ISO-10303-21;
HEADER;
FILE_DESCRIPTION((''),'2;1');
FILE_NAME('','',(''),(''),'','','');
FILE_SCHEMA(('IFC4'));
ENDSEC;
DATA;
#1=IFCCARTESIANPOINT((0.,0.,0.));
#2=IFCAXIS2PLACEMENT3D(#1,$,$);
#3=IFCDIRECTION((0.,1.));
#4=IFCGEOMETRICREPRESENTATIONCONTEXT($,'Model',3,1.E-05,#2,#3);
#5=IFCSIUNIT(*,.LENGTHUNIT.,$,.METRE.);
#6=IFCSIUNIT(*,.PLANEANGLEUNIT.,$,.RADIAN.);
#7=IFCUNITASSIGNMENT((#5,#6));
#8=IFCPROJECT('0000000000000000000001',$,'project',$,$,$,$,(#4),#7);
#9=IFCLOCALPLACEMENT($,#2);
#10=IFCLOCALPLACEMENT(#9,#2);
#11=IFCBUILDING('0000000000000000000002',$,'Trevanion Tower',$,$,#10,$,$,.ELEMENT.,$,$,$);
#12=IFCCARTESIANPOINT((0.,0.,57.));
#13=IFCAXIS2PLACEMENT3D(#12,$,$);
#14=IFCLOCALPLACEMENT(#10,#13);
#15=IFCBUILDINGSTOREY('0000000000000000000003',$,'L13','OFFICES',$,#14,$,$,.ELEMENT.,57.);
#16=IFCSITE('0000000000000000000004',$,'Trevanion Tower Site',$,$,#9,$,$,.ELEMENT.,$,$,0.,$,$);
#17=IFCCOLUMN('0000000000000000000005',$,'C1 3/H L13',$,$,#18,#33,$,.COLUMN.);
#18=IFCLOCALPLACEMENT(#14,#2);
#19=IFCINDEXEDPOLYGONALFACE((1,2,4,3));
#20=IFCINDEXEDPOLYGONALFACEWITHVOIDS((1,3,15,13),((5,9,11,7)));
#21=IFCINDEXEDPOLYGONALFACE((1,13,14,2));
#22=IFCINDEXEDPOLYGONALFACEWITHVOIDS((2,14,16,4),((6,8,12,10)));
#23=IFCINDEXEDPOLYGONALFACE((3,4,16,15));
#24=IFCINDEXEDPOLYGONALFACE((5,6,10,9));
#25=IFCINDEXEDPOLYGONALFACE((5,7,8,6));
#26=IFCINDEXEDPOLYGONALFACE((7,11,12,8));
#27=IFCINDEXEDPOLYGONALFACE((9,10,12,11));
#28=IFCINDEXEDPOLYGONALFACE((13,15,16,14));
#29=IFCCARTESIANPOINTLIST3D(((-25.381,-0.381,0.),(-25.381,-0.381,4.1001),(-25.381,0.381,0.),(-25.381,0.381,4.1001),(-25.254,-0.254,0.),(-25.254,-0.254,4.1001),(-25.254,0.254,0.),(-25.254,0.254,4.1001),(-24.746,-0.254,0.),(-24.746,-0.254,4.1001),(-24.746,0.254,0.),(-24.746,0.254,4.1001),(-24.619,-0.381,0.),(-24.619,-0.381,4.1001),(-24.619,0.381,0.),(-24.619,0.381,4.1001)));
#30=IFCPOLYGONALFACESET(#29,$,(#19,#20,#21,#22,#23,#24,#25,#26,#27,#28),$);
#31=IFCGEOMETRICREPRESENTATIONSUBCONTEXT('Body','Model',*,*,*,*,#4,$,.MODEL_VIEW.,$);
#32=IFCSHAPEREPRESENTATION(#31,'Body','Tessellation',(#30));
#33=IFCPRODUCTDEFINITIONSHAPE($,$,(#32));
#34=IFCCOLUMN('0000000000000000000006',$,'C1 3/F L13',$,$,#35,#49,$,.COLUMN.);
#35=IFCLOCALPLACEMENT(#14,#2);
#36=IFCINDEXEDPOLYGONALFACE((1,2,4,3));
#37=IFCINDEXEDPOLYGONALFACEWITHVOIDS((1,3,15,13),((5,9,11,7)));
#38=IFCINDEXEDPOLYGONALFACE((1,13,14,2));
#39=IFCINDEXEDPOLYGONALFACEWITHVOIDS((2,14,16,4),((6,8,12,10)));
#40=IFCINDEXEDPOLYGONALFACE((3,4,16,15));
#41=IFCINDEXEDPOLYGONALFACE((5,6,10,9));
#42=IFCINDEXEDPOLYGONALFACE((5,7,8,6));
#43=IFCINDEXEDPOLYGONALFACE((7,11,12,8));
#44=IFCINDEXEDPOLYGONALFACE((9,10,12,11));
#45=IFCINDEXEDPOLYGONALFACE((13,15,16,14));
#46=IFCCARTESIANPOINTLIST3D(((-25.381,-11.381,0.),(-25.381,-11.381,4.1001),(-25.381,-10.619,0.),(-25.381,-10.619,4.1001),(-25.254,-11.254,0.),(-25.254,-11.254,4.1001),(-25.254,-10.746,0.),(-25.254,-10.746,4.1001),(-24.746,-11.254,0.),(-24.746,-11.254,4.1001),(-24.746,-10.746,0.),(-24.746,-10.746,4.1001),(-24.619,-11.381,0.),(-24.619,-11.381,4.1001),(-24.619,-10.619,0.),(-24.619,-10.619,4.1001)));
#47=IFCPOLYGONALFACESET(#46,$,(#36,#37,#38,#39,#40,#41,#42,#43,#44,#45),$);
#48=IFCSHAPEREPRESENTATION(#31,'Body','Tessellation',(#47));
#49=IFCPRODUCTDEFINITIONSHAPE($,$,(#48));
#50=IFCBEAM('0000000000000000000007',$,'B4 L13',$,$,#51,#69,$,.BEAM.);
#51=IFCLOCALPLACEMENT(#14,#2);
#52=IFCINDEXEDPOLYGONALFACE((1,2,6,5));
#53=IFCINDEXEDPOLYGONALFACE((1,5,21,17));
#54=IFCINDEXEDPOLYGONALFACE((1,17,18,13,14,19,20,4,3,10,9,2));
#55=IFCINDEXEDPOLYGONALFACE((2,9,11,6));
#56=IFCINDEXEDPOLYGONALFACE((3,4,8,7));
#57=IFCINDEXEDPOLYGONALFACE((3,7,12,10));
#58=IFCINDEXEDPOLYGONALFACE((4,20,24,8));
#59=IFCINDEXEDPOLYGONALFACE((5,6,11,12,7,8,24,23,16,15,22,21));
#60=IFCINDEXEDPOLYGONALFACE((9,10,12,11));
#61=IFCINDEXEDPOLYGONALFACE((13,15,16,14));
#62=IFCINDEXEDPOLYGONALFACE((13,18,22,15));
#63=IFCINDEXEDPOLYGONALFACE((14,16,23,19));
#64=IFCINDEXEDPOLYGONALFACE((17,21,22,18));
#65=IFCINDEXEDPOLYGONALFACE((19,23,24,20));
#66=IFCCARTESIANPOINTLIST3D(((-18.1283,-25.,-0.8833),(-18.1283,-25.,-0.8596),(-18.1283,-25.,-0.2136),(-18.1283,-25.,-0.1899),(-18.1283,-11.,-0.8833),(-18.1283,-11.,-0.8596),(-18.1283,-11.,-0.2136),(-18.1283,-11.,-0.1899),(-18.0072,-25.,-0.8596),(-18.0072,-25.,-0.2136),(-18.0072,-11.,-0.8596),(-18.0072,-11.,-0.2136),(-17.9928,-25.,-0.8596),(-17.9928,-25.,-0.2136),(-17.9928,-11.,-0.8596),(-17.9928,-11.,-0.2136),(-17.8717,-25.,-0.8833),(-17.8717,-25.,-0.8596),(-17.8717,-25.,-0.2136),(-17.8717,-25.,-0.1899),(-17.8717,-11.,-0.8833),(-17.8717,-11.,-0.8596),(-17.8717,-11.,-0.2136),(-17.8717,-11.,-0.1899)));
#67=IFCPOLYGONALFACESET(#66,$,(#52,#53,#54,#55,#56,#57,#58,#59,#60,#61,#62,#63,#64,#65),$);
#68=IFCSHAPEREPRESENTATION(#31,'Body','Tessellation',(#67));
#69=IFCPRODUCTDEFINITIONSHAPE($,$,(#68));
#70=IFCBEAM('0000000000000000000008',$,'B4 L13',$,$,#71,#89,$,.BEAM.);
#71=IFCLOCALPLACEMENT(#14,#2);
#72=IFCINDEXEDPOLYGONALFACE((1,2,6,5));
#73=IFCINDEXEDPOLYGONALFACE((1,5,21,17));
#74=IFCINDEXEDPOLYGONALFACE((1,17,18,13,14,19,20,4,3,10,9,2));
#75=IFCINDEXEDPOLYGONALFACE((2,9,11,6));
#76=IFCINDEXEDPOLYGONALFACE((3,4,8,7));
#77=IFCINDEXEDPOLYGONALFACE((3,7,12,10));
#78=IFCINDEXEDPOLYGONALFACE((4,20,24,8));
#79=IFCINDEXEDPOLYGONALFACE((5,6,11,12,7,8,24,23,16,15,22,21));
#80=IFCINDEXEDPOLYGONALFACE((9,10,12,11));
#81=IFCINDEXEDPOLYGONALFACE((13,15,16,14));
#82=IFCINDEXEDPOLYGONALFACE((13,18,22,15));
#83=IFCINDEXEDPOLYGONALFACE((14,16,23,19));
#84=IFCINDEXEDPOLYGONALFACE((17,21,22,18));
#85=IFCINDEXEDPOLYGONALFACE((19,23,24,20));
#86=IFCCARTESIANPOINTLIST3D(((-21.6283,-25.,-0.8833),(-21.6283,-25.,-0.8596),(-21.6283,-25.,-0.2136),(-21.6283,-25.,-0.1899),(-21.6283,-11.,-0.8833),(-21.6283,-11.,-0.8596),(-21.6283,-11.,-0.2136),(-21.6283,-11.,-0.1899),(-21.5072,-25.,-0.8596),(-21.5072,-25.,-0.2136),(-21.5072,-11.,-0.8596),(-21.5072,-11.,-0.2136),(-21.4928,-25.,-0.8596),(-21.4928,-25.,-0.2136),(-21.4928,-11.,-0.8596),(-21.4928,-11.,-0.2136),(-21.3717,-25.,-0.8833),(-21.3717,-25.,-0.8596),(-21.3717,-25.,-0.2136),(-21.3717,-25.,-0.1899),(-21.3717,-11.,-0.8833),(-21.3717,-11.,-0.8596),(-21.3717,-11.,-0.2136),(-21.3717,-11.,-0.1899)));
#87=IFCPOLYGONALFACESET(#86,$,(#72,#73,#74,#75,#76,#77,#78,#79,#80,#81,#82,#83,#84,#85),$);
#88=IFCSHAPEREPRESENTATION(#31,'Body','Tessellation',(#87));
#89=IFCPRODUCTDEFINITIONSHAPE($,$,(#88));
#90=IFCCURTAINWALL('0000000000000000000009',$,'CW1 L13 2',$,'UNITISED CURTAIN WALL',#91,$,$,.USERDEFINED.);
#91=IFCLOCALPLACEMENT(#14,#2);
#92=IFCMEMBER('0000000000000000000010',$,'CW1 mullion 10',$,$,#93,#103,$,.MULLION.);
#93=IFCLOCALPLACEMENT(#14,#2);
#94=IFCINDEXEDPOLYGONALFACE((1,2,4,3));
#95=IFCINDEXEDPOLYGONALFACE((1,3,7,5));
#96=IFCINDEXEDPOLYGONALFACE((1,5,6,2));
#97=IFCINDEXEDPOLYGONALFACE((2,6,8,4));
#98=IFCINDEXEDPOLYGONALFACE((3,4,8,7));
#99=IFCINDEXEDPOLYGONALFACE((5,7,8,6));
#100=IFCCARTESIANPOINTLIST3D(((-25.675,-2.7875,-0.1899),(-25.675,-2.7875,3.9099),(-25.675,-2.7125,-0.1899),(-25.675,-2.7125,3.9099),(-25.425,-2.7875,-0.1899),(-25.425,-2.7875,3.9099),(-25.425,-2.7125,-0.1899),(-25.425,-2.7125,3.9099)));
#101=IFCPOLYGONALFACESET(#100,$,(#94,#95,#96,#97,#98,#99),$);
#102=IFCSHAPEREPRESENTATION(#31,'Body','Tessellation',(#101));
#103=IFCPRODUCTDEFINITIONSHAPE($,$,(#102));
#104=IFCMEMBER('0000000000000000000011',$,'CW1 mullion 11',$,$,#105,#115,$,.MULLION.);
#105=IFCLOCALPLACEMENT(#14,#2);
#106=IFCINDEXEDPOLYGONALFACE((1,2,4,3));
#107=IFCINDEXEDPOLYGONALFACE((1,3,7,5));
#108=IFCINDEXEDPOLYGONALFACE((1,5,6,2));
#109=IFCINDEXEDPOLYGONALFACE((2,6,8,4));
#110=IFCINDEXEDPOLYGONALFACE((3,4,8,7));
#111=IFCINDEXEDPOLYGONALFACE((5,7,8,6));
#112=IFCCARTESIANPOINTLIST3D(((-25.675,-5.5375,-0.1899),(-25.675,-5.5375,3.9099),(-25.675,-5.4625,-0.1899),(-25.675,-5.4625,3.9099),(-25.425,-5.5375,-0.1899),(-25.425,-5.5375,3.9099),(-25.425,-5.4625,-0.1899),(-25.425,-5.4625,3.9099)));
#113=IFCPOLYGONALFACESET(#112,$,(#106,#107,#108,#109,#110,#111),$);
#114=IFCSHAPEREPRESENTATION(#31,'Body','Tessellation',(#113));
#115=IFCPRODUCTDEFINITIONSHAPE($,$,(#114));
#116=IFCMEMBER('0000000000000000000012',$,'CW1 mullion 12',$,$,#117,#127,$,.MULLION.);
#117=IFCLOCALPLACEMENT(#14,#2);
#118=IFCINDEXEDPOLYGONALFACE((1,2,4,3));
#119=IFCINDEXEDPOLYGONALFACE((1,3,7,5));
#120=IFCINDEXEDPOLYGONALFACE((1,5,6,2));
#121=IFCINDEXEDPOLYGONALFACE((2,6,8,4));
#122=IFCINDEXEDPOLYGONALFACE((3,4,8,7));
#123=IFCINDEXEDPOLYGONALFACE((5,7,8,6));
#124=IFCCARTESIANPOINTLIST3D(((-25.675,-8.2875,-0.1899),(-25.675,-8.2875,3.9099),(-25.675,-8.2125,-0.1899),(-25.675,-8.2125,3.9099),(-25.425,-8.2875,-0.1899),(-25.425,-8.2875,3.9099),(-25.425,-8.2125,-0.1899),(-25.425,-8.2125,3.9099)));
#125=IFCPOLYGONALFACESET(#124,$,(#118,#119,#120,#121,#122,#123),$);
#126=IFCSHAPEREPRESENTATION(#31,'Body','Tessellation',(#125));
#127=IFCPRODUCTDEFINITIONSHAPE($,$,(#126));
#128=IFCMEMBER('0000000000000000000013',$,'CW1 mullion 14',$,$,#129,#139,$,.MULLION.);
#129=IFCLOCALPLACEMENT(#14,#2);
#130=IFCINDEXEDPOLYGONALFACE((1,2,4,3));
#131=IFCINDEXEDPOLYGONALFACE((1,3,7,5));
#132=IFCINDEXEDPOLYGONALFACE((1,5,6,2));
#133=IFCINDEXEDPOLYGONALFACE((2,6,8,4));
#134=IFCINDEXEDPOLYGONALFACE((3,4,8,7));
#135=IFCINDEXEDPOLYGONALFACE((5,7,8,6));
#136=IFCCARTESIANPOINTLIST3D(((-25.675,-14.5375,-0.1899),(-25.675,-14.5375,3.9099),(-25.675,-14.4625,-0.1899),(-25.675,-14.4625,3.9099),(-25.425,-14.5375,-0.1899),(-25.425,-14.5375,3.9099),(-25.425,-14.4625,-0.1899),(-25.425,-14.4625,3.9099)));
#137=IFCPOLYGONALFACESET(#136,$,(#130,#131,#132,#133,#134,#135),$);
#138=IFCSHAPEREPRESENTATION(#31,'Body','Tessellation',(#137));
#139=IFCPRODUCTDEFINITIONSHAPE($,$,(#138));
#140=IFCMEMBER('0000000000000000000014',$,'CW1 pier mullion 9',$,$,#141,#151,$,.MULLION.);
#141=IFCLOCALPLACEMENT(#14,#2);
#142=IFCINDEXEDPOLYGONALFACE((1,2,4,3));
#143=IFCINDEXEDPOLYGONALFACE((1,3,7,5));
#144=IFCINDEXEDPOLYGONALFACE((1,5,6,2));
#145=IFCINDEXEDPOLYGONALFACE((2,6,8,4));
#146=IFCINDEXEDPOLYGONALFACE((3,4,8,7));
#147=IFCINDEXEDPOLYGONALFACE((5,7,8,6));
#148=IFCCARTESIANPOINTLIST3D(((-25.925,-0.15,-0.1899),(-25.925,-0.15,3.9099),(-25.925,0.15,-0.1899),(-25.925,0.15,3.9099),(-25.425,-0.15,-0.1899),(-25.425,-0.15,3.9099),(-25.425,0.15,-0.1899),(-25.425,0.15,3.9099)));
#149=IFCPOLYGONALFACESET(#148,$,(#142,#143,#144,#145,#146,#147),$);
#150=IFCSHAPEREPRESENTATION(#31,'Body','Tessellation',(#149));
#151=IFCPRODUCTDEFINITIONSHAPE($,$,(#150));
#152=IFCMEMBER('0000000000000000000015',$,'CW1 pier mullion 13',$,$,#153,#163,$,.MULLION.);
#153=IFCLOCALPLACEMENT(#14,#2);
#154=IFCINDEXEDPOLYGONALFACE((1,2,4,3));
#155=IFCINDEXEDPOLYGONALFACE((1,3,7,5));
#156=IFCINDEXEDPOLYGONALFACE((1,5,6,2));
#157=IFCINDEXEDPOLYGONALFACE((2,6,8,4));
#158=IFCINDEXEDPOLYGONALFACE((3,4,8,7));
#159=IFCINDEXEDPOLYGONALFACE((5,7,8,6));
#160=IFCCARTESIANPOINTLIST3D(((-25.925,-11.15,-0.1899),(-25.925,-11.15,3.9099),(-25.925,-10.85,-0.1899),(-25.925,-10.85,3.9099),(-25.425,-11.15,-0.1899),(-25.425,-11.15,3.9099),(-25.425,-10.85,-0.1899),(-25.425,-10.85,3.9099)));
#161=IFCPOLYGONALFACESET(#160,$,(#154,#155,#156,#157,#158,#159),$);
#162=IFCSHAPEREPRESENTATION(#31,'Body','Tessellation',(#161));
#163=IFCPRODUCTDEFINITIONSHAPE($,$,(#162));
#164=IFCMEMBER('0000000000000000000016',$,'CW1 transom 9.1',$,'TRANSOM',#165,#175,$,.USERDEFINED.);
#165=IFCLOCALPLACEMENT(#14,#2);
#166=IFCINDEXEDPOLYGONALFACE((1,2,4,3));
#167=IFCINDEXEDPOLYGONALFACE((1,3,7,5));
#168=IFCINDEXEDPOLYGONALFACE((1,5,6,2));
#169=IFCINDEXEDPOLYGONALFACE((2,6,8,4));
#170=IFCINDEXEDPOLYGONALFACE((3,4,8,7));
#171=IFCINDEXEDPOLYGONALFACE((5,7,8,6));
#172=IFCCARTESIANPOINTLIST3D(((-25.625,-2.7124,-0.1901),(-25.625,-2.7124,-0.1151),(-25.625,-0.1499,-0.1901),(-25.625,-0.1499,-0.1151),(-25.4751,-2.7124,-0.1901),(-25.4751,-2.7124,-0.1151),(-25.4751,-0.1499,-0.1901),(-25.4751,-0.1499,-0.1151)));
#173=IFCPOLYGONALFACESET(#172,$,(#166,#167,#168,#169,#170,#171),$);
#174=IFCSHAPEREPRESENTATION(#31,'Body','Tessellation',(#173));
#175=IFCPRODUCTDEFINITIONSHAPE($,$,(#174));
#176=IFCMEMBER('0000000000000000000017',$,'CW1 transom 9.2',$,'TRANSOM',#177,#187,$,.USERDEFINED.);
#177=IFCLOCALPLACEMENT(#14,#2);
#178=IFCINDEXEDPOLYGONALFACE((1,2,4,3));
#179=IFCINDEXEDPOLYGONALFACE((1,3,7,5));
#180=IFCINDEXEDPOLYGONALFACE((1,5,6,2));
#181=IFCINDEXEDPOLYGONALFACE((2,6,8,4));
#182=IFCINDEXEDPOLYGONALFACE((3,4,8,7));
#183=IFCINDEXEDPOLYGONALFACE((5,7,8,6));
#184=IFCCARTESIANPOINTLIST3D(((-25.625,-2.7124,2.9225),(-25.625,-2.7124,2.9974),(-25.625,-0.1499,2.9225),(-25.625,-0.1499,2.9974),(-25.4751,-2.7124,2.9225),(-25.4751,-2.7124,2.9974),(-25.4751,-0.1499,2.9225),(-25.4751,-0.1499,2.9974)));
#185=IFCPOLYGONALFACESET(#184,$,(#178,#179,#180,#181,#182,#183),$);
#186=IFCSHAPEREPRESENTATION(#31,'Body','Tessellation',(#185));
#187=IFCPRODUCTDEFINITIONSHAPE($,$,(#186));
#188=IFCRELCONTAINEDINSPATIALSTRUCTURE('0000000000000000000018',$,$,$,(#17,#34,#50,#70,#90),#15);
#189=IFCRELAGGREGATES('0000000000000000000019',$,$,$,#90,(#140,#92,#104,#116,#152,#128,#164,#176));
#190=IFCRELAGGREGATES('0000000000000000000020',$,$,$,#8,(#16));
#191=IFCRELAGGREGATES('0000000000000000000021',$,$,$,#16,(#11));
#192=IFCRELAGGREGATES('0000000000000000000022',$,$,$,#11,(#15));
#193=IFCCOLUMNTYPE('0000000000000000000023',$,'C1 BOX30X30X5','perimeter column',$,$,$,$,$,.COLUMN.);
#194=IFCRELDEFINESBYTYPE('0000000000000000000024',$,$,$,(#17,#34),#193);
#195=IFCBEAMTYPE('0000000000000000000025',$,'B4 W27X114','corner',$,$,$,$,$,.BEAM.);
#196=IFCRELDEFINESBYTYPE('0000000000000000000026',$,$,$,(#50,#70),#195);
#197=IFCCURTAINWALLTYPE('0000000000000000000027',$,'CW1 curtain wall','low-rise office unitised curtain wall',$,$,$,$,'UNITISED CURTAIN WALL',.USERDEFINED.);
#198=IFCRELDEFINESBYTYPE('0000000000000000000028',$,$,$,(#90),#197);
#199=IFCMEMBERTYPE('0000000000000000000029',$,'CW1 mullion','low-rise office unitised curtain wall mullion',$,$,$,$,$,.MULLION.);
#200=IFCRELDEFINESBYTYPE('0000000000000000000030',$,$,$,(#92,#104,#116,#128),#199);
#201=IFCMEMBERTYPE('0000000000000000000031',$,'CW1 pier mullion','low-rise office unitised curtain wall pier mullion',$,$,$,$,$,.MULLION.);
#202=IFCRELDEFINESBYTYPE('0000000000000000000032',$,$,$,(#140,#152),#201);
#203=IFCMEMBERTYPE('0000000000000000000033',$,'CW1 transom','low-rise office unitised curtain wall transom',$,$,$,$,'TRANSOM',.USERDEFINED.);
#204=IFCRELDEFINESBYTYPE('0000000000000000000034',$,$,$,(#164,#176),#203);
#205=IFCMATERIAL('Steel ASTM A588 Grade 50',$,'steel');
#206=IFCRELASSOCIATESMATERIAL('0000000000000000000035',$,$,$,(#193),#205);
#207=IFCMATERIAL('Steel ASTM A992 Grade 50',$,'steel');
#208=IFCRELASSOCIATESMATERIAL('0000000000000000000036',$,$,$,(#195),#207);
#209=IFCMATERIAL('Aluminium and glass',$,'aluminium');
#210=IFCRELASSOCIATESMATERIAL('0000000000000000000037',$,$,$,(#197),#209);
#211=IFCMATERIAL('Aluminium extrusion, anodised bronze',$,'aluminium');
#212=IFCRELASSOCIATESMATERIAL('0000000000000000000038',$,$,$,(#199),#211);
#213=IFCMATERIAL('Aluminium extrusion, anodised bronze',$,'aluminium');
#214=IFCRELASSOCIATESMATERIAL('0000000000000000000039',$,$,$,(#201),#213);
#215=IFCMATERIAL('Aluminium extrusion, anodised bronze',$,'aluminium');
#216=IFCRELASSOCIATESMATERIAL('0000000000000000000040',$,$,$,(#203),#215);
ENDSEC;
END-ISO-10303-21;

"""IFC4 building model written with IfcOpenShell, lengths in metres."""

from ifc_helpers import new_model, si_unit, direction, frame, origin, origin_2d, place, context, subcontext, project, spatial, rectangle, hollow_rectangle, i_section, extrude, material, material_profile, profile_set, type_object, element, aggregate, save


model = new_model("IFC4")

# Units and contexts
model_context = context("Model", 3, precision=1e-05, world=origin(), true_north=direction((0.0, 1.0)))
body_context = subcontext(model_context, "Body", "Model", "MODEL_VIEW")
ifc_project = project(units=[si_unit("LENGTHUNIT", "METRE"), si_unit("PLANEANGLEUNIT", "RADIAN")], contexts=[model_context])

# Site, building, storey
site_placement = place(None, origin())
site = spatial("IfcSite", under=ifc_project, at=site_placement, Name="Trevanion Tower Site", CompositionType="ELEMENT", RefElevation=0.0)
building_placement = place(site_placement, origin())
building = spatial("IfcBuilding", under=site, at=building_placement, Name="Trevanion Tower", CompositionType="ELEMENT")
storey_placement = place(building_placement, frame((0.0, 0.0, 57.0)))
storey = spatial("IfcBuildingStorey", under=building, at=storey_placement, Name="L13", Description="OFFICES", CompositionType="ELEMENT", Elevation=57.0)

# Columns
ifc_material_1 = material(Name="Steel ASTM A588 Grade 50", Category="steel")
ifc_material_profile_1 = material_profile(ifc_material_1, hollow_rectangle(XDim=0.762, YDim=0.762, WallThickness=0.127, at=origin_2d()), Name="BOX30X30X5")
ifc_profile_set_1 = profile_set([ifc_material_profile_1], Name="Steel ASTM A588 Grade 50")
column_type = type_object("IfcColumnType", Name="C1 BOX30X30X5", Description="perimeter column", PredefinedType="COLUMN", material=ifc_profile_set_1)
for number, where, z_axis, x_axis, name in (
    (1, (-25.0, 0.0, 0.0), (0.0, 0.0, 1.0), (0.0, 1.0, 0.0), "C1 3/H L13"),
    (2, (-25.0, -11.0, 0.0), (0.0, 0.0, 1.0), (0.0, 1.0, 0.0), "C1 3/F L13"),
):
    element("IfcColumn", number, at=place(storey_placement, frame(where, z_axis=z_axis, x_axis=x_axis)), inside=storey, type_object=column_type, Name=name, PredefinedType="COLUMN", context=body_context, shape_type="SweptSolid", body=[
        extrude(hollow_rectangle(XDim=0.762, YDim=0.762, WallThickness=0.127, at=origin_2d()), origin(), (0.0, 0.0, 1.0), 4.1001),
    ])

# Beams
ifc_material_2 = material(Name="Steel ASTM A992 Grade 50", Category="steel")
ifc_material_profile_2 = material_profile(ifc_material_2, i_section(OverallWidth=0.2566, OverallDepth=0.6934, WebThickness=0.0144, FlangeThickness=0.0237, at=origin_2d()), Name="W27X114")
ifc_profile_set_2 = profile_set([ifc_material_profile_2], Name="Steel ASTM A992 Grade 50")
beam_type_1 = type_object("IfcBeamType", Name="B4 W27X114", Description="corner", PredefinedType="BEAM", material=ifc_profile_set_2)
for number, where, z_axis, x_axis, name in (
    (3, (-18.0, -11.0, -0.5366), (0.0, -1.0, 0.0), (1.0, 0.0, 0.0), "B4 L13"),
    (4, (-21.5, -11.0, -0.5366), (0.0, -1.0, 0.0), (1.0, 0.0, 0.0), "B4 L13"),
):
    element("IfcBeam", number, at=place(storey_placement, frame(where, z_axis=z_axis, x_axis=x_axis)), inside=storey, type_object=beam_type_1, Name=name, PredefinedType="BEAM", context=body_context, shape_type="SweptSolid", body=[
        extrude(i_section(OverallWidth=0.2566, OverallDepth=0.6934, WebThickness=0.0144, FlangeThickness=0.0237, at=origin_2d()), origin(), (0.0, 0.0, 1.0), 14.0),
    ])

# Curtain wall, members
ifc_material_3 = material(Name="Aluminium and glass", Category="aluminium")
curtain_wall_type = type_object("IfcCurtainWallType", Name="CW1 curtain wall", Description="low-rise office unitised curtain wall", ElementType="UNITISED CURTAIN WALL", PredefinedType="USERDEFINED", material=ifc_material_3)
curtain_wall_placement = place(storey_placement, origin())
curtain_wall = element("IfcCurtainWall", 5, at=curtain_wall_placement, inside=storey, type_object=curtain_wall_type, Name="CW1 L13 2", ObjectType="UNITISED CURTAIN WALL", PredefinedType="USERDEFINED")
ifc_material_4 = material(Name="Aluminium extrusion, anodised bronze", Category="aluminium")
ifc_material_profile_3 = material_profile(ifc_material_4, rectangle(XDim=0.075, YDim=0.25, at=origin_2d()), Name="CW1 mullion")
ifc_profile_set_3 = profile_set([ifc_material_profile_3], Name="Aluminium extrusion, anodised bronze")
member_type_1 = type_object("IfcMemberType", Name="CW1 mullion", Description="low-rise office unitised curtain wall mullion", PredefinedType="MULLION", material=ifc_profile_set_3)
member_1_placement = place(storey_placement, frame((-25.55, -2.75, -0.1899), z_axis=(0.0, 0.0, 1.0), x_axis=(0.0, -1.0, 0.0)))
member_1 = element("IfcMember", 6, at=member_1_placement, type_object=member_type_1, Name="CW1 mullion 10", PredefinedType="MULLION", context=body_context, shape_type="SweptSolid", body=[
    extrude(rectangle(XDim=0.075, YDim=0.25, at=origin_2d()), origin(), (0.0, 0.0, 1.0), 4.0999),
])
member_2_placement = place(storey_placement, frame((-25.55, -5.5, -0.1899), z_axis=(0.0, 0.0, 1.0), x_axis=(0.0, -1.0, 0.0)))
member_2 = element("IfcMember", 7, at=member_2_placement, type_object=member_type_1, Name="CW1 mullion 11", PredefinedType="MULLION", context=body_context, shape_type="SweptSolid", body=[
    extrude(rectangle(XDim=0.075, YDim=0.25, at=origin_2d()), origin(), (0.0, 0.0, 1.0), 4.0999),
])
member_3_placement = place(storey_placement, frame((-25.55, -8.25, -0.1899), z_axis=(0.0, 0.0, 1.0), x_axis=(0.0, -1.0, 0.0)))
member_3 = element("IfcMember", 8, at=member_3_placement, type_object=member_type_1, Name="CW1 mullion 12", PredefinedType="MULLION", context=body_context, shape_type="SweptSolid", body=[
    extrude(rectangle(XDim=0.075, YDim=0.25, at=origin_2d()), origin(), (0.0, 0.0, 1.0), 4.0999),
])
member_4_placement = place(storey_placement, frame((-25.55, -14.5, -0.1899), z_axis=(0.0, 0.0, 1.0), x_axis=(0.0, -1.0, 0.0)))
member_4 = element("IfcMember", 9, at=member_4_placement, type_object=member_type_1, Name="CW1 mullion 14", PredefinedType="MULLION", context=body_context, shape_type="SweptSolid", body=[
    extrude(rectangle(XDim=0.075, YDim=0.25, at=origin_2d()), origin(), (0.0, 0.0, 1.0), 4.0999),
])
ifc_material_5 = material(Name="Aluminium extrusion, anodised bronze", Category="aluminium")
ifc_material_profile_4 = material_profile(ifc_material_5, rectangle(XDim=0.3, YDim=0.5, at=origin_2d()), Name="CW1 pier mullion")
ifc_profile_set_4 = profile_set([ifc_material_profile_4], Name="Aluminium extrusion, anodised bronze")
member_type_2 = type_object("IfcMemberType", Name="CW1 pier mullion", Description="low-rise office unitised curtain wall pier mullion", PredefinedType="MULLION", material=ifc_profile_set_4)
member_5_placement = place(storey_placement, frame((-25.675, 0.0, -0.1899), z_axis=(0.0, 0.0, 1.0), x_axis=(0.0, -1.0, 0.0)))
member_5 = element("IfcMember", 10, at=member_5_placement, type_object=member_type_2, Name="CW1 pier mullion 9", PredefinedType="MULLION", context=body_context, shape_type="SweptSolid", body=[
    extrude(rectangle(XDim=0.3, YDim=0.5, at=origin_2d()), origin(), (0.0, 0.0, 1.0), 4.0999),
])
member_6_placement = place(storey_placement, frame((-25.675, -11.0, -0.1899), z_axis=(0.0, 0.0, 1.0), x_axis=(0.0, -1.0, 0.0)))
member_6 = element("IfcMember", 11, at=member_6_placement, type_object=member_type_2, Name="CW1 pier mullion 13", PredefinedType="MULLION", context=body_context, shape_type="SweptSolid", body=[
    extrude(rectangle(XDim=0.3, YDim=0.5, at=origin_2d()), origin(), (0.0, 0.0, 1.0), 4.0999),
])
ifc_material_6 = material(Name="Aluminium extrusion, anodised bronze", Category="aluminium")
ifc_material_profile_5 = material_profile(ifc_material_6, rectangle(XDim=0.1499, YDim=0.075, at=origin_2d()), Name="CW1 transom")
ifc_profile_set_5 = profile_set([ifc_material_profile_5], Name="Aluminium extrusion, anodised bronze")
member_type_3 = type_object("IfcMemberType", Name="CW1 transom", Description="low-rise office unitised curtain wall transom", ElementType="TRANSOM", PredefinedType="USERDEFINED", material=ifc_profile_set_5)
member_7_placement = place(storey_placement, frame((-25.55, -0.1499, -0.1526), z_axis=(0.0, -1.0, 0.0), x_axis=(1.0, 0.0, 0.0)))
member_7 = element("IfcMember", 12, at=member_7_placement, type_object=member_type_3, Name="CW1 transom 9.1", ObjectType="TRANSOM", PredefinedType="USERDEFINED", context=body_context, shape_type="SweptSolid", body=[
    extrude(rectangle(XDim=0.1499, YDim=0.075, at=origin_2d()), origin(), (0.0, 0.0, 1.0), 2.5625),
])
member_8_placement = place(storey_placement, frame((-25.55, -0.1499, 2.96), z_axis=(0.0, -1.0, 0.0), x_axis=(1.0, 0.0, 0.0)))
member_8 = element("IfcMember", 13, at=member_8_placement, type_object=member_type_3, Name="CW1 transom 9.2", ObjectType="TRANSOM", PredefinedType="USERDEFINED", context=body_context, shape_type="SweptSolid", body=[
    extrude(rectangle(XDim=0.1499, YDim=0.075, at=origin_2d()), origin(), (0.0, 0.0, 1.0), 2.5625),
])

aggregate(curtain_wall, [member_5, member_1, member_2, member_3, member_6, member_4, member_7, member_8])

save(model, "model.ifc")
